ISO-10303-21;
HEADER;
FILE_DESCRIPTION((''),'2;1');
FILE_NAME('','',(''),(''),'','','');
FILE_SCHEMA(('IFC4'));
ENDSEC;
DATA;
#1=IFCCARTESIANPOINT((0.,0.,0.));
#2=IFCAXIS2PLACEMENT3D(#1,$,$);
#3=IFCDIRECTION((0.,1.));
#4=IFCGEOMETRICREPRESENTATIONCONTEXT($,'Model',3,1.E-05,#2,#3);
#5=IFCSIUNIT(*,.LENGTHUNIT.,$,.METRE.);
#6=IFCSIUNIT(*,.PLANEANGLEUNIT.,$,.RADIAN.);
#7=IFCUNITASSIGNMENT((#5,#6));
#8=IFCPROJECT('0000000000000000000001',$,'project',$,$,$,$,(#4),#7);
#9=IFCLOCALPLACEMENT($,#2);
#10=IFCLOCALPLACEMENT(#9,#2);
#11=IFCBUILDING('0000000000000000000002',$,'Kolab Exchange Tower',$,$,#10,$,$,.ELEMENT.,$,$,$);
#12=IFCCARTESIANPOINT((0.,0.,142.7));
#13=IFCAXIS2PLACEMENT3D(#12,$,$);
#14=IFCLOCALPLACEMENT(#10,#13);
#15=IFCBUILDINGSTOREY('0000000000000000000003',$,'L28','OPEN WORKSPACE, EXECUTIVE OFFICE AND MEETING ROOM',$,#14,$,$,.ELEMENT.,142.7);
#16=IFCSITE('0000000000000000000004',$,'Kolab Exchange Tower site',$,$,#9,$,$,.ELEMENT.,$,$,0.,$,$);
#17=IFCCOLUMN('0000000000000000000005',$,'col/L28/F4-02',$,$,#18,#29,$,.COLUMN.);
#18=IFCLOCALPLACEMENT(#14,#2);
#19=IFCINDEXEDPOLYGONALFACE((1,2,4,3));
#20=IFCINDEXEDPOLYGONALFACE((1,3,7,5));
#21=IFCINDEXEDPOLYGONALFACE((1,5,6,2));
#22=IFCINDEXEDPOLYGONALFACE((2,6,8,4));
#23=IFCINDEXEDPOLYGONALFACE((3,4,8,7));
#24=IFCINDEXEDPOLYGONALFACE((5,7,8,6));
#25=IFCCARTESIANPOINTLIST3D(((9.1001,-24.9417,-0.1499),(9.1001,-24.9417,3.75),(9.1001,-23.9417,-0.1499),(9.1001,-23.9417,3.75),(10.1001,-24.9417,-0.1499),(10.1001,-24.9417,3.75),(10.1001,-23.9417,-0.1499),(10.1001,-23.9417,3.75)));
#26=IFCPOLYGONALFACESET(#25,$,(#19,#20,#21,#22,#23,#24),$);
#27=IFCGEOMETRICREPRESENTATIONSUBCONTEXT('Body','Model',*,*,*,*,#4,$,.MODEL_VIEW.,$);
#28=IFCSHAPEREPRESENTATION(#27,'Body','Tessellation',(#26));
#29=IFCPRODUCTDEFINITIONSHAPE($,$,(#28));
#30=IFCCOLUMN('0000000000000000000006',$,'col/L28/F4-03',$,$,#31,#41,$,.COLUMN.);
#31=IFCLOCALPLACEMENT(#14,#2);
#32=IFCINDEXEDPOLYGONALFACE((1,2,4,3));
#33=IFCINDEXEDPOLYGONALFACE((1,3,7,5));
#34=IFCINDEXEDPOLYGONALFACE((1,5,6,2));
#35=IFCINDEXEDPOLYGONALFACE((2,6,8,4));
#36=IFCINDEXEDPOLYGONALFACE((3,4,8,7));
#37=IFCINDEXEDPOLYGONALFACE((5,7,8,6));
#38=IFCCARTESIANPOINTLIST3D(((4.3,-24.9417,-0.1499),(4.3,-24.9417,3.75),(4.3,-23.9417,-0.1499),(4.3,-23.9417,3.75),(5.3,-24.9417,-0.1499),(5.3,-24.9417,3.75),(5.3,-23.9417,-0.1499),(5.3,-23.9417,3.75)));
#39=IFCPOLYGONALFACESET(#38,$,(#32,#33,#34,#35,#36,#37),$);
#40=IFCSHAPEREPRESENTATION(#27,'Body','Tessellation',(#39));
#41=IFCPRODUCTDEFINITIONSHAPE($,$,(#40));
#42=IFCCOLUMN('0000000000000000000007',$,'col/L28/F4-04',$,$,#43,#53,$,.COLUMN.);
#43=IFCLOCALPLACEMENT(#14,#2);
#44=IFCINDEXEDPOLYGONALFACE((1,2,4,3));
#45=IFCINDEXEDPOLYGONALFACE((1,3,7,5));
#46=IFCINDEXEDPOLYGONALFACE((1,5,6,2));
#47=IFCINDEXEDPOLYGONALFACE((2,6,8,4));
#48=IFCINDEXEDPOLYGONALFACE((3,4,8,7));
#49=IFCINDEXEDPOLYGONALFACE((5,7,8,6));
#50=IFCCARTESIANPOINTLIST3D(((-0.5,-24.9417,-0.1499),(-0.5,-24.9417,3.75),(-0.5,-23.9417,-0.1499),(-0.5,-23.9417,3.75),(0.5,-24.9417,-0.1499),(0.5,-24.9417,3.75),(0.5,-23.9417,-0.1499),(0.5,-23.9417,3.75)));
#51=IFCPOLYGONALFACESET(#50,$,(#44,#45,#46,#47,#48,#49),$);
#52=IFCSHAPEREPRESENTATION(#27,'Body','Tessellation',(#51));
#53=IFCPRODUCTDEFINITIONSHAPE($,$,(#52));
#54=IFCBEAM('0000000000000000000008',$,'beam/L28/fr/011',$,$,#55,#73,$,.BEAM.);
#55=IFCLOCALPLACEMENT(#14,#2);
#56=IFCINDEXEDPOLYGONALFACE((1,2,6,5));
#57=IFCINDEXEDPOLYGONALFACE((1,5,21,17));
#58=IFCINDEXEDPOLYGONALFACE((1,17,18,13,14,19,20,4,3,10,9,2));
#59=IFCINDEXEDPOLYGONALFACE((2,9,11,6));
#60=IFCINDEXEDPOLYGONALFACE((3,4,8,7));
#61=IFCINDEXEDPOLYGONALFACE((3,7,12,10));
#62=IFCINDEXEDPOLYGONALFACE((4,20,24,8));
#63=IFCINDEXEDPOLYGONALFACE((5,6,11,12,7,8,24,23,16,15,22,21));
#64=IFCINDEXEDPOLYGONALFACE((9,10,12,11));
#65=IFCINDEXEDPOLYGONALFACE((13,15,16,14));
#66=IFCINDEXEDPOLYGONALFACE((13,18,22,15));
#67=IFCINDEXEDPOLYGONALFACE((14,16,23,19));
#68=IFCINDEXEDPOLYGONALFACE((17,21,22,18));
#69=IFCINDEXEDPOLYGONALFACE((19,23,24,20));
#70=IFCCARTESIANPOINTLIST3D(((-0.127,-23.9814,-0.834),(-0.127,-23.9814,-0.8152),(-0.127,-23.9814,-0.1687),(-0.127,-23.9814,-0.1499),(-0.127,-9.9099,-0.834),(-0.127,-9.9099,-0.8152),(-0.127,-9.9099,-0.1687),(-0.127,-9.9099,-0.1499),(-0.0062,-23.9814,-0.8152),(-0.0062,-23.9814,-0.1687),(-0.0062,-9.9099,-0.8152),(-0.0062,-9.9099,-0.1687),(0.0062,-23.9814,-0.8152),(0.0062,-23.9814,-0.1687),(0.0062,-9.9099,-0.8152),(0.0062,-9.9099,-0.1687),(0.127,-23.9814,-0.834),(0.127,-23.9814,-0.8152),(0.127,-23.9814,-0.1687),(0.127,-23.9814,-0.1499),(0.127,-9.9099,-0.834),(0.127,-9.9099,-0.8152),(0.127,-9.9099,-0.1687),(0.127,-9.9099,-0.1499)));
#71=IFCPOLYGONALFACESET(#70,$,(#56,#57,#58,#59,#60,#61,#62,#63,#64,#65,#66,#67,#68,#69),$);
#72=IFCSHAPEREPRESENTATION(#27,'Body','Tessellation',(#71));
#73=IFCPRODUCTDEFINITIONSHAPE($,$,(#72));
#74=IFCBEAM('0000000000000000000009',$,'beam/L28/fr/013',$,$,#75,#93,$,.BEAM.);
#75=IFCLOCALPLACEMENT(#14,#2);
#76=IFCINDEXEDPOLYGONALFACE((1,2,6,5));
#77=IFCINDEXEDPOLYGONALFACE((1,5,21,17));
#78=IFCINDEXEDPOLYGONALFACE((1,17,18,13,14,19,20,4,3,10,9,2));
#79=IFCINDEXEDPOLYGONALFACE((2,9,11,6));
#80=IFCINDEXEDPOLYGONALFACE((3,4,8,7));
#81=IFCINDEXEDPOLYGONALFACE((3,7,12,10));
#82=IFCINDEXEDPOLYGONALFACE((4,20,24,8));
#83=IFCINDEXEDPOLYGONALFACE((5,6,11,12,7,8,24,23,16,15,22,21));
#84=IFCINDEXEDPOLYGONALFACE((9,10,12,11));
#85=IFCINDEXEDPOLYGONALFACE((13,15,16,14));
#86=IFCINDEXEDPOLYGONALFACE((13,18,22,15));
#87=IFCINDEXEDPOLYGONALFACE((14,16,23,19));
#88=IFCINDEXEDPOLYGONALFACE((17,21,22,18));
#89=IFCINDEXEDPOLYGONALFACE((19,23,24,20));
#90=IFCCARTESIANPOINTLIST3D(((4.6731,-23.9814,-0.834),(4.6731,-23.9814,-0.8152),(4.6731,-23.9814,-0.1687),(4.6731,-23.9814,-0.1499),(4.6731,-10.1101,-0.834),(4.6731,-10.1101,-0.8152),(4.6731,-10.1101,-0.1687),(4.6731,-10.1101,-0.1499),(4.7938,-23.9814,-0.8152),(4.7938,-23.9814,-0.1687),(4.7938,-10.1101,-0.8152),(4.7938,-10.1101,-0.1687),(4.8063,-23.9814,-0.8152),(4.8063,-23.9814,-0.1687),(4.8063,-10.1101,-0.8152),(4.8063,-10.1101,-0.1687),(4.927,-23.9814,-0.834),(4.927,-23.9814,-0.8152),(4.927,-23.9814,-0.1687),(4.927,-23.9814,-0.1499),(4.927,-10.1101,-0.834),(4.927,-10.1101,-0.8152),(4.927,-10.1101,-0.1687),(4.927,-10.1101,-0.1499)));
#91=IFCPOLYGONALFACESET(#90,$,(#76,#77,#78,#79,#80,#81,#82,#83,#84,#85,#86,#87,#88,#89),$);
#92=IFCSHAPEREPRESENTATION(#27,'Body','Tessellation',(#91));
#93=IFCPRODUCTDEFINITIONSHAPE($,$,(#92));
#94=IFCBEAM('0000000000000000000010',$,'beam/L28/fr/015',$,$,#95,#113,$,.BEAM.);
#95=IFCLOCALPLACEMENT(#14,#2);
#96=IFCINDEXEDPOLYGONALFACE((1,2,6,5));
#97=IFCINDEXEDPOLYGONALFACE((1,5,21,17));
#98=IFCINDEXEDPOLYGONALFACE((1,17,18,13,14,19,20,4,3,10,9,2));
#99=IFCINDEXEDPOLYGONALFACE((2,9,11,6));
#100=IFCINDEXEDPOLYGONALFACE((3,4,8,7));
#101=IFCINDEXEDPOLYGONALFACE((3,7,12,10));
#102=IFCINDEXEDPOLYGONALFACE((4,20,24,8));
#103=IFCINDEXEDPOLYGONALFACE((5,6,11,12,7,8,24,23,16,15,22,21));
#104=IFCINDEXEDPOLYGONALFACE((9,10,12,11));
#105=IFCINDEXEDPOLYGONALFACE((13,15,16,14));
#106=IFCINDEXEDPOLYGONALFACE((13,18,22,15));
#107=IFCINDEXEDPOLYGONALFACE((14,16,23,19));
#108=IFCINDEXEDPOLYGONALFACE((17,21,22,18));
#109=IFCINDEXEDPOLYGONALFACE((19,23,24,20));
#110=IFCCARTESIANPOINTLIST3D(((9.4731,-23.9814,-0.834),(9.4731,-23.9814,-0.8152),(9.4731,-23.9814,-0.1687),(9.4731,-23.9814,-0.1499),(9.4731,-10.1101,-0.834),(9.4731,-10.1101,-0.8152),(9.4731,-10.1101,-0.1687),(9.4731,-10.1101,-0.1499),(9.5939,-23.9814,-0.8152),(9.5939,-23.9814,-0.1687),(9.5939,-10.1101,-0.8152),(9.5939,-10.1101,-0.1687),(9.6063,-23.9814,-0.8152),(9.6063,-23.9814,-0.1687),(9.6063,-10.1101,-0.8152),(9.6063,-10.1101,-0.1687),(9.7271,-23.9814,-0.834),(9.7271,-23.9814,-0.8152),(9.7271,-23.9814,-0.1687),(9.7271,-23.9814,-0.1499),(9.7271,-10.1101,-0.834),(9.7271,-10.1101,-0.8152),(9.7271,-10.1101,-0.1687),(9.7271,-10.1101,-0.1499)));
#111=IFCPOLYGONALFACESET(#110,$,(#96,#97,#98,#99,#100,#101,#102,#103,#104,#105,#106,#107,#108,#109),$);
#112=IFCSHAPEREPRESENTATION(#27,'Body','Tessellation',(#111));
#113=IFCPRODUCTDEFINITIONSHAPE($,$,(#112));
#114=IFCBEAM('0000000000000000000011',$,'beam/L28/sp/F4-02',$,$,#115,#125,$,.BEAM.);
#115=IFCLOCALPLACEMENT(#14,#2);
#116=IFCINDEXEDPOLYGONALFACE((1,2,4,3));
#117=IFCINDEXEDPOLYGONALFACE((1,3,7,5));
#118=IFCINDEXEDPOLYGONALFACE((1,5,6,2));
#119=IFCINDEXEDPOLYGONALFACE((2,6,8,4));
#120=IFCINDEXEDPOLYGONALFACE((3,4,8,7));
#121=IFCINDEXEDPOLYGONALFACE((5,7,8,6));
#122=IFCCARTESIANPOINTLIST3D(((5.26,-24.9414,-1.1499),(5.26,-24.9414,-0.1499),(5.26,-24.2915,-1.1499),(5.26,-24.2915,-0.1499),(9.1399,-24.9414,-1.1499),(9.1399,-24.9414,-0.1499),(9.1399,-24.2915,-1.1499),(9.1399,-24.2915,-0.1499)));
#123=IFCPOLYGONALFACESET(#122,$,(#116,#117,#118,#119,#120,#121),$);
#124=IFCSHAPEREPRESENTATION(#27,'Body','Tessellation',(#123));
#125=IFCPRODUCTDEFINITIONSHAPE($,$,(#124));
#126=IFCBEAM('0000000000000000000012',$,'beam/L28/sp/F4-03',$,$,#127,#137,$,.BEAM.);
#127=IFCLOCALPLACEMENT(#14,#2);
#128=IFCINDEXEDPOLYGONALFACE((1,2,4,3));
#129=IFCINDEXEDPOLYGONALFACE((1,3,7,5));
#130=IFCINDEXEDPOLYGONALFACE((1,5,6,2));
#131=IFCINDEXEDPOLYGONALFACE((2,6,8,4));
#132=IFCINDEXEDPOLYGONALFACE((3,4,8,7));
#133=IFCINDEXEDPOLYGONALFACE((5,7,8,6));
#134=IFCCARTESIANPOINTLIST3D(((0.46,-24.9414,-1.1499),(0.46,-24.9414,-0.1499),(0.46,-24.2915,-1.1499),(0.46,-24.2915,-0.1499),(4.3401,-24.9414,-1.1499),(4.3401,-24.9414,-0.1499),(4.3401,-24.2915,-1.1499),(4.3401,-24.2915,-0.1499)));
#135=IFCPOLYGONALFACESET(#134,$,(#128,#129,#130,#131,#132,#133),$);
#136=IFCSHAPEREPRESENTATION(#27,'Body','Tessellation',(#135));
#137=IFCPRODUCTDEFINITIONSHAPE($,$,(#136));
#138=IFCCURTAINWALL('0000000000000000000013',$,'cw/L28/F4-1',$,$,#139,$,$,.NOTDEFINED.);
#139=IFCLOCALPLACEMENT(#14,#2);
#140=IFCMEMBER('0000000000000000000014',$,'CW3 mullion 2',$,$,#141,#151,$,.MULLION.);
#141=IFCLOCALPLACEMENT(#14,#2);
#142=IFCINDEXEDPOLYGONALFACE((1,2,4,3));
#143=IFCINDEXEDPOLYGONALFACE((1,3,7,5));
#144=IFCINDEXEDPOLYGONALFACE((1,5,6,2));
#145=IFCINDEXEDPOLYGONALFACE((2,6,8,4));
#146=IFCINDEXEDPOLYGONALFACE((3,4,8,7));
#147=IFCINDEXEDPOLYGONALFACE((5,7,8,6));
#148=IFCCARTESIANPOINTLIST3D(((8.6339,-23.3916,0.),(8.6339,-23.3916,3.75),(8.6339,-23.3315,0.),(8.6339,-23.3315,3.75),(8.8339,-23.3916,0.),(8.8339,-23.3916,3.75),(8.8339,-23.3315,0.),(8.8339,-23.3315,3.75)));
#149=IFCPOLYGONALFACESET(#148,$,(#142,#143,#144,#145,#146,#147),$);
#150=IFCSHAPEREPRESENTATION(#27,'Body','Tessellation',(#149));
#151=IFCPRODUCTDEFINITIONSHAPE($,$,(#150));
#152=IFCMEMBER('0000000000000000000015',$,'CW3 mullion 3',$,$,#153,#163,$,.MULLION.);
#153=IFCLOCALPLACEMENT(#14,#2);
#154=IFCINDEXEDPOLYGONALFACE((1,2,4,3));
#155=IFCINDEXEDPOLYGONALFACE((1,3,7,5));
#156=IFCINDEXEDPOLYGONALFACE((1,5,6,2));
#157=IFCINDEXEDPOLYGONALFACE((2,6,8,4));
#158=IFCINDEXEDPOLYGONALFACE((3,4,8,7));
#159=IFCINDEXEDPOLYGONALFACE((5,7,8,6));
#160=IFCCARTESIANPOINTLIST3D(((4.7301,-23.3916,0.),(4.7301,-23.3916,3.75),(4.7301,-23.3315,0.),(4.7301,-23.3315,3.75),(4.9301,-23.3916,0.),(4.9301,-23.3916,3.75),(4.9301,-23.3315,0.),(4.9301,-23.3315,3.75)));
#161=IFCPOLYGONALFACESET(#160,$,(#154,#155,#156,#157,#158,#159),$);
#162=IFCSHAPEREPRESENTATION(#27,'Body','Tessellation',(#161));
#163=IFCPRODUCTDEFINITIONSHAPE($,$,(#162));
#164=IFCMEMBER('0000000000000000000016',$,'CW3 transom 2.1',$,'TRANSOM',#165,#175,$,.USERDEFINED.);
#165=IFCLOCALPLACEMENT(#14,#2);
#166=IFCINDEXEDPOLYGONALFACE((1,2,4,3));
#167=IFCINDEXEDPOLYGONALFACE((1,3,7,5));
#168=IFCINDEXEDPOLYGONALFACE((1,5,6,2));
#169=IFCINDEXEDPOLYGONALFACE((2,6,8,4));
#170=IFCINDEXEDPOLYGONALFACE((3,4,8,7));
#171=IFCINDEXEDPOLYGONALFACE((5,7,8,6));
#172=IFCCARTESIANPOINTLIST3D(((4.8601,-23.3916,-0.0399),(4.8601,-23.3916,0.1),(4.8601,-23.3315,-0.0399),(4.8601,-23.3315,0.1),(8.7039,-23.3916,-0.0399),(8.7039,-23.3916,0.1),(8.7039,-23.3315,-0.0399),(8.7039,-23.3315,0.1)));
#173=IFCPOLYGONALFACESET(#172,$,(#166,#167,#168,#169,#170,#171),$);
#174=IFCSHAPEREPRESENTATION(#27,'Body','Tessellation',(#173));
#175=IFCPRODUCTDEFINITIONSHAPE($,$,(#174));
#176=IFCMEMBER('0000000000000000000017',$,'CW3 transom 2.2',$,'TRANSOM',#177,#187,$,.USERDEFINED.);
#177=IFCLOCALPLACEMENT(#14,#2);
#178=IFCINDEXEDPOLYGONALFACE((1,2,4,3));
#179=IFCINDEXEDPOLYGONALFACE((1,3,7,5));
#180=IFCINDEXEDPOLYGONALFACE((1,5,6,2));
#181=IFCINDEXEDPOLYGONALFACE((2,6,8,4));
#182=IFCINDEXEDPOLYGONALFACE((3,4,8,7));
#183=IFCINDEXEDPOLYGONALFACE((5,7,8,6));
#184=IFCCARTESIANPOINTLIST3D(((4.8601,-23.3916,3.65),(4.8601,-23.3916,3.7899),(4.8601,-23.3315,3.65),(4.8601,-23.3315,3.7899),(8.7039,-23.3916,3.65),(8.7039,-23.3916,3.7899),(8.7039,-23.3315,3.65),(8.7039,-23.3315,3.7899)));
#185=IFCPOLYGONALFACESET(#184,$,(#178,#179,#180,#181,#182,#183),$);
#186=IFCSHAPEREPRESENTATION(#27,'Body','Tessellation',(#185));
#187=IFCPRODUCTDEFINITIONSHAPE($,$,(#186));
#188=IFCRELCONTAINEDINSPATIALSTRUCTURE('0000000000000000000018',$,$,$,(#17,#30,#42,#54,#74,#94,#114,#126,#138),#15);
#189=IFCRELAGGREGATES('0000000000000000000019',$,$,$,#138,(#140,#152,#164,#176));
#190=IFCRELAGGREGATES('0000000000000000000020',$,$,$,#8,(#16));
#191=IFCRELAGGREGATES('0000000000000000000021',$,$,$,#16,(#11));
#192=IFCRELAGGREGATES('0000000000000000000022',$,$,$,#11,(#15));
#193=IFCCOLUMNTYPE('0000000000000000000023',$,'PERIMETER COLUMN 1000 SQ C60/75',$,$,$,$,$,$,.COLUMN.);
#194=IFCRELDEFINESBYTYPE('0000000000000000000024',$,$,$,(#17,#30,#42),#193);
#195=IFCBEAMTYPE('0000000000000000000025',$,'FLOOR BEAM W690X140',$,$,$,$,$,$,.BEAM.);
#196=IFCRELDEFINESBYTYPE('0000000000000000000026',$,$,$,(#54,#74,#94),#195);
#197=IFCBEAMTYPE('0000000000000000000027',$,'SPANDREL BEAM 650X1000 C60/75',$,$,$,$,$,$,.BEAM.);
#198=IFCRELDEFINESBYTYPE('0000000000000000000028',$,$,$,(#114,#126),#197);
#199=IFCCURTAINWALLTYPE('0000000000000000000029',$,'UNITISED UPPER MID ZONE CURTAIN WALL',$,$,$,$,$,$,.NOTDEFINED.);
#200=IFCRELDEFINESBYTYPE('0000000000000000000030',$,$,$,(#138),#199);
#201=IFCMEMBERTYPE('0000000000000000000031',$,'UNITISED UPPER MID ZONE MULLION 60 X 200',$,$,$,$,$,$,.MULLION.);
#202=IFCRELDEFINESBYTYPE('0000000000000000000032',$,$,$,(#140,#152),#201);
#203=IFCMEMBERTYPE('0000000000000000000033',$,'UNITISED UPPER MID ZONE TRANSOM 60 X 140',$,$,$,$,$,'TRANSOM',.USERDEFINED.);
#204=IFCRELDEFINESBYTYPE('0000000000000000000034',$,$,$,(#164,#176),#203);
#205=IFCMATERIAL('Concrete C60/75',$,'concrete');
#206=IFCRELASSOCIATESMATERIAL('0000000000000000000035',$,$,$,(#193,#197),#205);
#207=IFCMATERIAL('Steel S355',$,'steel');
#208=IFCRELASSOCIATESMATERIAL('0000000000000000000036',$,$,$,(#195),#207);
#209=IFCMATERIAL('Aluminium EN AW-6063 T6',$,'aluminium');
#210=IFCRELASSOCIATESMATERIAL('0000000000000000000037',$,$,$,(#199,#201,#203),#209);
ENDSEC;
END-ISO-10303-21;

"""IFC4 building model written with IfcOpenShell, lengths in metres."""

from ifc_helpers import new_model, si_unit, direction, frame, origin, origin_2d, place, context, subcontext, project, spatial, rectangle, i_section, extrude, material, material_profile, profile_set, type_object, element, aggregate, save


model = new_model("IFC4")

# Units and contexts
model_context = context("Model", 3, precision=1e-05, world=origin(), true_north=direction((0.0, 1.0)))
body_context = subcontext(model_context, "Body", "Model", "MODEL_VIEW")
ifc_project = project(units=[si_unit("LENGTHUNIT", "METRE"), si_unit("PLANEANGLEUNIT", "RADIAN")], contexts=[model_context])

# Site, building, storey
site_placement = place(None, origin())
site = spatial("IfcSite", under=ifc_project, at=site_placement, Name="Kolab Exchange Tower site", CompositionType="ELEMENT", RefElevation=0.0)
building_placement = place(site_placement, origin())
building = spatial("IfcBuilding", under=site, at=building_placement, Name="Kolab Exchange Tower", CompositionType="ELEMENT")
storey_placement = place(building_placement, frame((0.0, 0.0, 142.7)))
storey = spatial("IfcBuildingStorey", under=building, at=storey_placement, Name="L28", Description="OPEN WORKSPACE, EXECUTIVE OFFICE AND MEETING ROOM", CompositionType="ELEMENT", Elevation=142.7)

# Columns
ifc_material_1 = material(Name="Concrete C60/75", Category="concrete")
ifc_material_profile_1 = material_profile(ifc_material_1, rectangle(XDim=1.0, YDim=1.0, at=origin_2d()), Name="RC1000")
ifc_profile_set_1 = profile_set([ifc_material_profile_1], Name="Concrete C60/75")
column_type = type_object("IfcColumnType", Name="PERIMETER COLUMN 1000 SQ C60/75", PredefinedType="COLUMN", material=ifc_profile_set_1)
for number, where, z_axis, x_axis, name in (
    (1, (9.6001, -24.4417, -0.1499), (0.0, 0.0, 1.0), (1.0, 0.0, 0.0), "col/L28/F4-02"),
    (2, (4.8, -24.4417, -0.1499), (0.0, 0.0, 1.0), (1.0, 0.0, 0.0), "col/L28/F4-03"),
    (3, (0.0, -24.4417, -0.1499), (0.0, 0.0, 1.0), (1.0, 0.0, 0.0), "col/L28/F4-04"),
):
    element("IfcColumn", number, at=place(storey_placement, frame(where, z_axis=z_axis, x_axis=x_axis)), inside=storey, type_object=column_type, Name=name, PredefinedType="COLUMN", context=body_context, shape_type="SweptSolid", body=[
        extrude(rectangle(XDim=1.0, YDim=1.0, at=origin_2d()), origin(), (0.0, 0.0, 1.0), 3.8999),
    ])

# Beams
ifc_material_2 = material(Name="Steel S355", Category="steel")
ifc_material_profile_2 = material_profile(ifc_material_2, i_section(OverallWidth=0.2539, OverallDepth=0.6841, WebThickness=0.0125, FlangeThickness=0.0188, at=origin_2d()), Name="W690X140")
ifc_profile_set_2 = profile_set([ifc_material_profile_2], Name="Steel S355")
beam_type_1 = type_object("IfcBeamType", Name="FLOOR BEAM W690X140", PredefinedType="BEAM", material=ifc_profile_set_2)
beam_1_placement = place(storey_placement, frame((0.0, -23.9814, -0.4919), z_axis=(0.0, 1.0, 0.0), x_axis=(-1.0, 0.0, 0.0)))
element("IfcBeam", 4, at=beam_1_placement, inside=storey, type_object=beam_type_1, Name="beam/L28/fr/011", PredefinedType="BEAM", context=body_context, shape_type="SweptSolid", body=[
    extrude(i_section(OverallWidth=0.2539, OverallDepth=0.6841, WebThickness=0.0125, FlangeThickness=0.0188, at=origin_2d()), origin(), (0.0, 0.0, 1.0), 14.0715),
])
for number, where, z_axis, x_axis, name in (
    (5, (4.8, -23.9814, -0.4919), (0.0, 1.0, 0.0), (-1.0, 0.0, 0.0), "beam/L28/fr/013"),
    (6, (9.6001, -23.9814, -0.4919), (0.0, 1.0, 0.0), (-1.0, 0.0, 0.0), "beam/L28/fr/015"),
):
    element("IfcBeam", number, at=place(storey_placement, frame(where, z_axis=z_axis, x_axis=x_axis)), inside=storey, type_object=beam_type_1, Name=name, PredefinedType="BEAM", context=body_context, shape_type="SweptSolid", body=[
        extrude(i_section(OverallWidth=0.2539, OverallDepth=0.6841, WebThickness=0.0125, FlangeThickness=0.0188, at=origin_2d()), origin(), (0.0, 0.0, 1.0), 13.8713),
    ])
ifc_material_profile_3 = material_profile(ifc_material_1, rectangle(XDim=0.6499, YDim=1.0, at=origin_2d()), Name="RC650X1000")
ifc_profile_set_3 = profile_set([ifc_material_profile_3], Name="Concrete C60/75")
beam_type_2 = type_object("IfcBeamType", Name="SPANDREL BEAM 650X1000 C60/75", PredefinedType="BEAM", material=ifc_profile_set_3)
beam_2_placement = place(storey_placement, frame((9.1399, -24.6165, -0.6499), z_axis=(-1.0, 0.0, 0.0), x_axis=(0.0, -1.0, 0.0)))
element("IfcBeam", 7, at=beam_2_placement, inside=storey, type_object=beam_type_2, Name="beam/L28/sp/F4-02", PredefinedType="BEAM", context=body_context, shape_type="SweptSolid", body=[
    extrude(rectangle(XDim=0.6499, YDim=1.0, at=origin_2d()), origin(), (0.0, 0.0, 1.0), 3.8799),
])
beam_3_placement = place(storey_placement, frame((4.3401, -24.6165, -0.6499), z_axis=(-1.0, 0.0, 0.0), x_axis=(0.0, -1.0, 0.0)))
element("IfcBeam", 8, at=beam_3_placement, inside=storey, type_object=beam_type_2, Name="beam/L28/sp/F4-03", PredefinedType="BEAM", context=body_context, shape_type="SweptSolid", body=[
    extrude(rectangle(XDim=0.6499, YDim=1.0, at=origin_2d()), origin(), (0.0, 0.0, 1.0), 3.8801),
])

# Curtain wall, members
ifc_material_3 = material(Name="Aluminium EN AW-6063 T6", Category="aluminium")
curtain_wall_type = type_object("IfcCurtainWallType", Name="UNITISED UPPER MID ZONE CURTAIN WALL", PredefinedType="NOTDEFINED", material=ifc_material_3)
curtain_wall_placement = place(storey_placement, origin())
curtain_wall = element("IfcCurtainWall", 9, at=curtain_wall_placement, inside=storey, type_object=curtain_wall_type, Name="cw/L28/F4-1", PredefinedType="NOTDEFINED")
ifc_material_profile_4 = material_profile(ifc_material_3, rectangle(XDim=0.0601, YDim=0.2, at=origin_2d()), Name="RECT 60X200")
ifc_profile_set_4 = profile_set([ifc_material_profile_4], Name="Aluminium EN AW-6063 T6")
member_type_1 = type_object("IfcMemberType", Name="UNITISED UPPER MID ZONE MULLION 60 X 200", PredefinedType="MULLION", material=ifc_profile_set_4)
member_1_placement = place(storey_placement, frame((8.7339, -23.3616, 0.0), z_axis=(0.0, 0.0, 1.0), x_axis=(0.0, -1.0, 0.0)))
member_1 = element("IfcMember", 10, at=member_1_placement, type_object=member_type_1, Name="CW3 mullion 2", PredefinedType="MULLION", context=body_context, shape_type="SweptSolid", body=[
    extrude(rectangle(XDim=0.0601, YDim=0.2, at=origin_2d()), origin(), (0.0, 0.0, 1.0), 3.75),
])
member_2_placement = place(storey_placement, frame((4.8301, -23.3616, 0.0), z_axis=(0.0, 0.0, 1.0), x_axis=(0.0, -1.0, 0.0)))
member_2 = element("IfcMember", 11, at=member_2_placement, type_object=member_type_1, Name="CW3 mullion 3", PredefinedType="MULLION", context=body_context, shape_type="SweptSolid", body=[
    extrude(rectangle(XDim=0.0601, YDim=0.2, at=origin_2d()), origin(), (0.0, 0.0, 1.0), 3.75),
])
ifc_material_profile_5 = material_profile(ifc_material_3, rectangle(XDim=0.0601, YDim=0.1399, at=origin_2d()), Name="RECT 60X140")
ifc_profile_set_5 = profile_set([ifc_material_profile_5], Name="Aluminium EN AW-6063 T6")
member_type_2 = type_object("IfcMemberType", Name="UNITISED UPPER MID ZONE TRANSOM 60 X 140", ElementType="TRANSOM", PredefinedType="USERDEFINED", material=ifc_profile_set_5)
member_3_placement = place(storey_placement, frame((8.7039, -23.3616, 0.03), z_axis=(-1.0, 0.0, 0.0), x_axis=(0.0, -1.0, 0.0)))
member_3 = element("IfcMember", 12, at=member_3_placement, type_object=member_type_2, Name="CW3 transom 2.1", ObjectType="TRANSOM", PredefinedType="USERDEFINED", context=body_context, shape_type="SweptSolid", body=[
    extrude(rectangle(XDim=0.0601, YDim=0.1399, at=origin_2d()), origin(), (0.0, 0.0, 1.0), 3.8438),
])
member_4_placement = place(storey_placement, frame((8.7039, -23.3616, 3.72), z_axis=(-1.0, 0.0, 0.0), x_axis=(0.0, -1.0, 0.0)))
member_4 = element("IfcMember", 13, at=member_4_placement, type_object=member_type_2, Name="CW3 transom 2.2", ObjectType="TRANSOM", PredefinedType="USERDEFINED", context=body_context, shape_type="SweptSolid", body=[
    extrude(rectangle(XDim=0.0601, YDim=0.1399, at=origin_2d()), origin(), (0.0, 0.0, 1.0), 3.8438),
])
aggregate(curtain_wall, [member_1, member_2, member_3, member_4])

save(model, "model.ifc")
